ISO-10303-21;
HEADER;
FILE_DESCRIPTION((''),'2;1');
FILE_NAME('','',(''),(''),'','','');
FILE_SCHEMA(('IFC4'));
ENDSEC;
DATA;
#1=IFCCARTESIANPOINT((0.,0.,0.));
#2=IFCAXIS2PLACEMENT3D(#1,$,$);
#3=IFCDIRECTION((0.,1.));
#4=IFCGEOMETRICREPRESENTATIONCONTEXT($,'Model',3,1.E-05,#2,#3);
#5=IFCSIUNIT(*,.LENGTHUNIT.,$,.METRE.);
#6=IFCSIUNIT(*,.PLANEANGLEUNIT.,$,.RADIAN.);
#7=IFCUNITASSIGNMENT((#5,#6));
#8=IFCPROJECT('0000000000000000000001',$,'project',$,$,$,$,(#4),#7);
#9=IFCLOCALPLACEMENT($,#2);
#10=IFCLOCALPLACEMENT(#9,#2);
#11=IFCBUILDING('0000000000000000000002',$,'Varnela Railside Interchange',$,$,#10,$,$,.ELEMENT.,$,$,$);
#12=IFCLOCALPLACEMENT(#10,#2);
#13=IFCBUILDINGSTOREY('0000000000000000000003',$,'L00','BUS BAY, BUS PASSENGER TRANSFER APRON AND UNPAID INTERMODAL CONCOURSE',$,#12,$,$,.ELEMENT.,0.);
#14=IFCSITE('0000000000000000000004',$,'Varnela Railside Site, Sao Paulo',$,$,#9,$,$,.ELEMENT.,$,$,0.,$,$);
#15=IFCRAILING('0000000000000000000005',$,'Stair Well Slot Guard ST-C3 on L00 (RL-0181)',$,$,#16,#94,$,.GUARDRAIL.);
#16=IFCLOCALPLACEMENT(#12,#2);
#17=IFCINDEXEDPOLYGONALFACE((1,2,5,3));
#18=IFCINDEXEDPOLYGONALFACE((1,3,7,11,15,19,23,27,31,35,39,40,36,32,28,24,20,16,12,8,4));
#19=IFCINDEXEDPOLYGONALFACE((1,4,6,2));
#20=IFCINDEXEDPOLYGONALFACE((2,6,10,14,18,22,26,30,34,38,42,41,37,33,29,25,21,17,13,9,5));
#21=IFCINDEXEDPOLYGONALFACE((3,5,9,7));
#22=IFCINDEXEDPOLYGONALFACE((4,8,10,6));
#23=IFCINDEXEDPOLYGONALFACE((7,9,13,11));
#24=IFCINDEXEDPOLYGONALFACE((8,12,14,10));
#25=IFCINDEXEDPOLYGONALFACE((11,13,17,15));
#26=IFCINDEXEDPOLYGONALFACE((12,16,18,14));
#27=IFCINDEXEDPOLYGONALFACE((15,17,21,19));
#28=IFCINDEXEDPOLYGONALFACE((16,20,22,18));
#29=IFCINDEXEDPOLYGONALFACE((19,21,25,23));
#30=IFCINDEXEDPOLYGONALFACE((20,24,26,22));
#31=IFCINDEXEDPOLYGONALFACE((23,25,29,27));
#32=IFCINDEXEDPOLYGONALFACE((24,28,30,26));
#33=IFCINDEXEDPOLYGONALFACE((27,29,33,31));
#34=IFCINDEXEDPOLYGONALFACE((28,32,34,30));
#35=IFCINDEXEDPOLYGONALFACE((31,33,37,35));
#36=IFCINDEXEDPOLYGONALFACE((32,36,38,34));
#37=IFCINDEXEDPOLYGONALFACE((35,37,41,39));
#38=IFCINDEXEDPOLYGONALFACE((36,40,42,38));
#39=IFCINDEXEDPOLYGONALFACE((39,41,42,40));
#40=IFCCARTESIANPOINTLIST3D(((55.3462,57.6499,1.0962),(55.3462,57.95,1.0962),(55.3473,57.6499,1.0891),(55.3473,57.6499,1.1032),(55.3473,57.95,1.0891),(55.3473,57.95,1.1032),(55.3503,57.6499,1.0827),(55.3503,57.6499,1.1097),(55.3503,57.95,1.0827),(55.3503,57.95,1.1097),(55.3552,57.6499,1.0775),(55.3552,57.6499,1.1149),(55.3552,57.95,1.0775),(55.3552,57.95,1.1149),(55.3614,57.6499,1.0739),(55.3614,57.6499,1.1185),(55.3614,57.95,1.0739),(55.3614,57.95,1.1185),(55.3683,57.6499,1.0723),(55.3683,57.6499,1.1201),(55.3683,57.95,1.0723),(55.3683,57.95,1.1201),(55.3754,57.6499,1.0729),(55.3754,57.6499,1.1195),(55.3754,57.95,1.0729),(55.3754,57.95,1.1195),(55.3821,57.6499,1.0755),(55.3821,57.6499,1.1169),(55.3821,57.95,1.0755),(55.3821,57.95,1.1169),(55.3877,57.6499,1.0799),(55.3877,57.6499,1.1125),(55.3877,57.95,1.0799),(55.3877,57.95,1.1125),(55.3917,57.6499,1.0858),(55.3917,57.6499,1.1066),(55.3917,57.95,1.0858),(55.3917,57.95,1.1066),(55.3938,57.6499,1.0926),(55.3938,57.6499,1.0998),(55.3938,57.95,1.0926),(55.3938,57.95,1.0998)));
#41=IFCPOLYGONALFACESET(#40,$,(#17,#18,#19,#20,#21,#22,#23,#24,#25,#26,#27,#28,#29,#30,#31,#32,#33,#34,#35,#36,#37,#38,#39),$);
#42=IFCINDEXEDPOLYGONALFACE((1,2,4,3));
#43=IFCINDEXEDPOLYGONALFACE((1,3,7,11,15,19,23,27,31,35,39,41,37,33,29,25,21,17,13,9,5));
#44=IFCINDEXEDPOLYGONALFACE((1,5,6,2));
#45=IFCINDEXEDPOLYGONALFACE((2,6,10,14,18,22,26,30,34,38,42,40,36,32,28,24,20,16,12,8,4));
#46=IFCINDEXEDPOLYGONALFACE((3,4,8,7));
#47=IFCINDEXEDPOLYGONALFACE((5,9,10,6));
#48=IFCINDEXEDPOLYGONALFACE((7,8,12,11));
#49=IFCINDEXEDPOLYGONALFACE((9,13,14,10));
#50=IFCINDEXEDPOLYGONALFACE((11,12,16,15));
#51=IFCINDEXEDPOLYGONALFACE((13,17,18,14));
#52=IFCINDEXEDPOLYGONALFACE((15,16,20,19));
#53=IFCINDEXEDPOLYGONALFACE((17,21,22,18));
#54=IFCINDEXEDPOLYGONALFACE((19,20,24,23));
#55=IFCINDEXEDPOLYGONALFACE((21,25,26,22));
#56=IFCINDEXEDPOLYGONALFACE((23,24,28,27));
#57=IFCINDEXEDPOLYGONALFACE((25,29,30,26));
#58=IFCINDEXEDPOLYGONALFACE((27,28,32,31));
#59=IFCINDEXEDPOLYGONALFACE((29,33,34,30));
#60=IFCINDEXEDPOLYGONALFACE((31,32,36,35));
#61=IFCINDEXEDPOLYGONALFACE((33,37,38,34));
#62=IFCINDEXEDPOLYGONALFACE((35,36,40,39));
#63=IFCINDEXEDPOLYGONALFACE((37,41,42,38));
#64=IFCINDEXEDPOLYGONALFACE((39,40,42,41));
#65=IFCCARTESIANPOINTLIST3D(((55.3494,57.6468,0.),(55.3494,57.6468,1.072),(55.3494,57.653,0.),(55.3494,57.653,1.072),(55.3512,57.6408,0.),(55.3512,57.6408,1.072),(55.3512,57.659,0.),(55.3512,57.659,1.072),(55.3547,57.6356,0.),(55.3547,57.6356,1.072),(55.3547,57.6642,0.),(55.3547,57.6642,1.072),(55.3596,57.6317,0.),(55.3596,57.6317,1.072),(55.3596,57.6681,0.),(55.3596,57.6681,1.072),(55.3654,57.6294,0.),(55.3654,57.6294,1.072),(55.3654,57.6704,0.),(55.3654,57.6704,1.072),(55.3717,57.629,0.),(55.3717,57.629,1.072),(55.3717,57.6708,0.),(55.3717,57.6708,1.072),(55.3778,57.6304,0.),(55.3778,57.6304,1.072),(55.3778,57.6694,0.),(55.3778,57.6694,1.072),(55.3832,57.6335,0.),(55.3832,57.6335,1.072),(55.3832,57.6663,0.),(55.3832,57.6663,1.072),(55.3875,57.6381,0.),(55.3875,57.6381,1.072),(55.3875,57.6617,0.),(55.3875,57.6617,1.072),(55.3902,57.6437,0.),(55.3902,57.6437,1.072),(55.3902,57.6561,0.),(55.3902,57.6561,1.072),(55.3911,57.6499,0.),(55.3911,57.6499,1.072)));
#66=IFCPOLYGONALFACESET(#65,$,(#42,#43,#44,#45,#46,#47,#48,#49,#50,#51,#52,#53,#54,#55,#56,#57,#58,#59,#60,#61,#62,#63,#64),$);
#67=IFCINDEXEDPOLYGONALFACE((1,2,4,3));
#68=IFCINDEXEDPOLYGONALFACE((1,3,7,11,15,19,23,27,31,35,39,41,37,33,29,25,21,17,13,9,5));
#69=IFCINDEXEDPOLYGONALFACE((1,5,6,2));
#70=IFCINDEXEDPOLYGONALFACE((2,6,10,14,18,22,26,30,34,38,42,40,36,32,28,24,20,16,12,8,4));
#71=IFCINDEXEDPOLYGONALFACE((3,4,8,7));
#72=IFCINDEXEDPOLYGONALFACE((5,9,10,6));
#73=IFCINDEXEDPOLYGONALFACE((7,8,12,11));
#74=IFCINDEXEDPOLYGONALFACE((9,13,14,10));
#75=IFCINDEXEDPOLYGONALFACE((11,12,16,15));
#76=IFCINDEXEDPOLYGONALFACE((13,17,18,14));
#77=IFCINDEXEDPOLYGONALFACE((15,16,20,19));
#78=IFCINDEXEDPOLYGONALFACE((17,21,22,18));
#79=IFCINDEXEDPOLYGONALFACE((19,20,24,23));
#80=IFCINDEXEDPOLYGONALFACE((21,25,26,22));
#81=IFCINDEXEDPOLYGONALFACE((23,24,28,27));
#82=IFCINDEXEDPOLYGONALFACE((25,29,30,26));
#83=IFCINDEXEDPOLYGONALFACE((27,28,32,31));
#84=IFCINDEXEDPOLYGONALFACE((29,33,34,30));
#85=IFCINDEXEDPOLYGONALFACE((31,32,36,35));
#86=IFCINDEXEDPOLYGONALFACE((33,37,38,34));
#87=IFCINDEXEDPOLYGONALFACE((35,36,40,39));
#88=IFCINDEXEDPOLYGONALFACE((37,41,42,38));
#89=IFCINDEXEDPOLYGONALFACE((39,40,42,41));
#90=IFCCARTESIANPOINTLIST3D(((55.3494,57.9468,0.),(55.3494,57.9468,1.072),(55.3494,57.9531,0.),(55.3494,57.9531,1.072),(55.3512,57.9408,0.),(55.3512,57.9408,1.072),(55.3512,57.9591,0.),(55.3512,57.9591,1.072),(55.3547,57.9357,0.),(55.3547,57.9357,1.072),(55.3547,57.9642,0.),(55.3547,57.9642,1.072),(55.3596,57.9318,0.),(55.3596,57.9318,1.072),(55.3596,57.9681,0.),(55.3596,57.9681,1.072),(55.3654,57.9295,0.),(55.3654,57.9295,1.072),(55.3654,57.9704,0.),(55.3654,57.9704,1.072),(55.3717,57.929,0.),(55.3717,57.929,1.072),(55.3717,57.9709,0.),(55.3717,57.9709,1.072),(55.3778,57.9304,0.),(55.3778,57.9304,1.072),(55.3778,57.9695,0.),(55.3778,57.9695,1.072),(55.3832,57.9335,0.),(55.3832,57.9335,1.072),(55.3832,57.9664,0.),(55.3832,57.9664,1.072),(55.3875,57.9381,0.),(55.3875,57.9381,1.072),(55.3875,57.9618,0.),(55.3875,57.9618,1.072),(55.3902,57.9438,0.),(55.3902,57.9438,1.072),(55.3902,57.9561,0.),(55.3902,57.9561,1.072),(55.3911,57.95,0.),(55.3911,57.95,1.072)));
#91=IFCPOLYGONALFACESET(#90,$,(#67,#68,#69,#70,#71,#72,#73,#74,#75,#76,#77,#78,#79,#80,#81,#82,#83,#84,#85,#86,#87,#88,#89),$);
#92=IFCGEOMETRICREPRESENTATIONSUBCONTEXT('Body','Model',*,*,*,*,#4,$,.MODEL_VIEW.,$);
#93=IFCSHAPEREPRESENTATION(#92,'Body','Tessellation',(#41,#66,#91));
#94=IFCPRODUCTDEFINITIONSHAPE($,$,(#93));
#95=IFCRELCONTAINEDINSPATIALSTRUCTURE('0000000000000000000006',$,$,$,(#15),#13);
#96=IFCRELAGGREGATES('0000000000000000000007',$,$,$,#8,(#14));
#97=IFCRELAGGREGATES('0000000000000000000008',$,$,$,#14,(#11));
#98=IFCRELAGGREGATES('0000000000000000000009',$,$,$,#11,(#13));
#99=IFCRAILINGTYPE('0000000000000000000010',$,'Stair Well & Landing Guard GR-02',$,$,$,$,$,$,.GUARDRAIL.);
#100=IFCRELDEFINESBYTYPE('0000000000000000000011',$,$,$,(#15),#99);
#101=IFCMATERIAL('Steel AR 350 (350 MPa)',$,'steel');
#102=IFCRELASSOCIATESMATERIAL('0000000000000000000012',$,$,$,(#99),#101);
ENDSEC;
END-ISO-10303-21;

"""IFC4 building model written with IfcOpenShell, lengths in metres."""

from ifc_helpers import new_model, si_unit, direction, frame, origin, origin_2d, place, context, subcontext, project, spatial, circle, extrude, material, type_object, element, save


model = new_model("IFC4")

# Units and contexts
model_context = context("Model", 3, precision=1e-05, world=origin(), true_north=direction((0.0, 1.0)))
body_context = subcontext(model_context, "Body", "Model", "MODEL_VIEW")
ifc_project = project(units=[si_unit("LENGTHUNIT", "METRE"), si_unit("PLANEANGLEUNIT", "RADIAN")], contexts=[model_context])

# Site, building, storey
site_placement = place(None, origin())
site = spatial("IfcSite", under=ifc_project, at=site_placement, Name="Varnela Railside Site, Sao Paulo", CompositionType="ELEMENT", RefElevation=0.0)
building_placement = place(site_placement, origin())
building = spatial("IfcBuilding", under=site, at=building_placement, Name="Varnela Railside Interchange", CompositionType="ELEMENT")
storey_placement = place(building_placement, origin())
storey = spatial("IfcBuildingStorey", under=building, at=storey_placement, Name="L00", Description="BUS BAY, BUS PASSENGER TRANSFER APRON AND UNPAID INTERMODAL CONCOURSE", CompositionType="ELEMENT", Elevation=0.0)

# Shared definitions
ifc_material_1 = material(Name="Steel AR 350 (350 MPa)", Category="steel")

# Railing
railing_type_1 = type_object("IfcRailingType", Name="Stair Well & Landing Guard GR-02", PredefinedType="GUARDRAIL", material=ifc_material_1)
railing_1_placement = place(storey_placement, frame((55.3701, 57.6499, 0.0)))
element("IfcRailing", 1, at=railing_1_placement, inside=storey, type_object=railing_type_1, Name="Stair Well Slot Guard ST-C3 on L00 (RL-0181)", PredefinedType="GUARDRAIL", context=body_context, shape_type="SweptSolid", body=[
    extrude(circle(Radius=0.0239, at=origin_2d()), frame((0.0, 0.0, 1.0962), z_axis=(0.0, 1.0, 0.0), x_axis=(-1.0, 0.0, 0.0)), (0.0, 0.0, 1.0), 0.3),
    extrude(circle(Radius=0.021, at=origin_2d()), origin(), (0.0, 0.0, 1.0), 1.072),
    extrude(circle(Radius=0.021, at=origin_2d()), frame((0.0, 0.3, 0.0)), (0.0, 0.0, 1.0), 1.072),
])

save(model, "model.ifc")
